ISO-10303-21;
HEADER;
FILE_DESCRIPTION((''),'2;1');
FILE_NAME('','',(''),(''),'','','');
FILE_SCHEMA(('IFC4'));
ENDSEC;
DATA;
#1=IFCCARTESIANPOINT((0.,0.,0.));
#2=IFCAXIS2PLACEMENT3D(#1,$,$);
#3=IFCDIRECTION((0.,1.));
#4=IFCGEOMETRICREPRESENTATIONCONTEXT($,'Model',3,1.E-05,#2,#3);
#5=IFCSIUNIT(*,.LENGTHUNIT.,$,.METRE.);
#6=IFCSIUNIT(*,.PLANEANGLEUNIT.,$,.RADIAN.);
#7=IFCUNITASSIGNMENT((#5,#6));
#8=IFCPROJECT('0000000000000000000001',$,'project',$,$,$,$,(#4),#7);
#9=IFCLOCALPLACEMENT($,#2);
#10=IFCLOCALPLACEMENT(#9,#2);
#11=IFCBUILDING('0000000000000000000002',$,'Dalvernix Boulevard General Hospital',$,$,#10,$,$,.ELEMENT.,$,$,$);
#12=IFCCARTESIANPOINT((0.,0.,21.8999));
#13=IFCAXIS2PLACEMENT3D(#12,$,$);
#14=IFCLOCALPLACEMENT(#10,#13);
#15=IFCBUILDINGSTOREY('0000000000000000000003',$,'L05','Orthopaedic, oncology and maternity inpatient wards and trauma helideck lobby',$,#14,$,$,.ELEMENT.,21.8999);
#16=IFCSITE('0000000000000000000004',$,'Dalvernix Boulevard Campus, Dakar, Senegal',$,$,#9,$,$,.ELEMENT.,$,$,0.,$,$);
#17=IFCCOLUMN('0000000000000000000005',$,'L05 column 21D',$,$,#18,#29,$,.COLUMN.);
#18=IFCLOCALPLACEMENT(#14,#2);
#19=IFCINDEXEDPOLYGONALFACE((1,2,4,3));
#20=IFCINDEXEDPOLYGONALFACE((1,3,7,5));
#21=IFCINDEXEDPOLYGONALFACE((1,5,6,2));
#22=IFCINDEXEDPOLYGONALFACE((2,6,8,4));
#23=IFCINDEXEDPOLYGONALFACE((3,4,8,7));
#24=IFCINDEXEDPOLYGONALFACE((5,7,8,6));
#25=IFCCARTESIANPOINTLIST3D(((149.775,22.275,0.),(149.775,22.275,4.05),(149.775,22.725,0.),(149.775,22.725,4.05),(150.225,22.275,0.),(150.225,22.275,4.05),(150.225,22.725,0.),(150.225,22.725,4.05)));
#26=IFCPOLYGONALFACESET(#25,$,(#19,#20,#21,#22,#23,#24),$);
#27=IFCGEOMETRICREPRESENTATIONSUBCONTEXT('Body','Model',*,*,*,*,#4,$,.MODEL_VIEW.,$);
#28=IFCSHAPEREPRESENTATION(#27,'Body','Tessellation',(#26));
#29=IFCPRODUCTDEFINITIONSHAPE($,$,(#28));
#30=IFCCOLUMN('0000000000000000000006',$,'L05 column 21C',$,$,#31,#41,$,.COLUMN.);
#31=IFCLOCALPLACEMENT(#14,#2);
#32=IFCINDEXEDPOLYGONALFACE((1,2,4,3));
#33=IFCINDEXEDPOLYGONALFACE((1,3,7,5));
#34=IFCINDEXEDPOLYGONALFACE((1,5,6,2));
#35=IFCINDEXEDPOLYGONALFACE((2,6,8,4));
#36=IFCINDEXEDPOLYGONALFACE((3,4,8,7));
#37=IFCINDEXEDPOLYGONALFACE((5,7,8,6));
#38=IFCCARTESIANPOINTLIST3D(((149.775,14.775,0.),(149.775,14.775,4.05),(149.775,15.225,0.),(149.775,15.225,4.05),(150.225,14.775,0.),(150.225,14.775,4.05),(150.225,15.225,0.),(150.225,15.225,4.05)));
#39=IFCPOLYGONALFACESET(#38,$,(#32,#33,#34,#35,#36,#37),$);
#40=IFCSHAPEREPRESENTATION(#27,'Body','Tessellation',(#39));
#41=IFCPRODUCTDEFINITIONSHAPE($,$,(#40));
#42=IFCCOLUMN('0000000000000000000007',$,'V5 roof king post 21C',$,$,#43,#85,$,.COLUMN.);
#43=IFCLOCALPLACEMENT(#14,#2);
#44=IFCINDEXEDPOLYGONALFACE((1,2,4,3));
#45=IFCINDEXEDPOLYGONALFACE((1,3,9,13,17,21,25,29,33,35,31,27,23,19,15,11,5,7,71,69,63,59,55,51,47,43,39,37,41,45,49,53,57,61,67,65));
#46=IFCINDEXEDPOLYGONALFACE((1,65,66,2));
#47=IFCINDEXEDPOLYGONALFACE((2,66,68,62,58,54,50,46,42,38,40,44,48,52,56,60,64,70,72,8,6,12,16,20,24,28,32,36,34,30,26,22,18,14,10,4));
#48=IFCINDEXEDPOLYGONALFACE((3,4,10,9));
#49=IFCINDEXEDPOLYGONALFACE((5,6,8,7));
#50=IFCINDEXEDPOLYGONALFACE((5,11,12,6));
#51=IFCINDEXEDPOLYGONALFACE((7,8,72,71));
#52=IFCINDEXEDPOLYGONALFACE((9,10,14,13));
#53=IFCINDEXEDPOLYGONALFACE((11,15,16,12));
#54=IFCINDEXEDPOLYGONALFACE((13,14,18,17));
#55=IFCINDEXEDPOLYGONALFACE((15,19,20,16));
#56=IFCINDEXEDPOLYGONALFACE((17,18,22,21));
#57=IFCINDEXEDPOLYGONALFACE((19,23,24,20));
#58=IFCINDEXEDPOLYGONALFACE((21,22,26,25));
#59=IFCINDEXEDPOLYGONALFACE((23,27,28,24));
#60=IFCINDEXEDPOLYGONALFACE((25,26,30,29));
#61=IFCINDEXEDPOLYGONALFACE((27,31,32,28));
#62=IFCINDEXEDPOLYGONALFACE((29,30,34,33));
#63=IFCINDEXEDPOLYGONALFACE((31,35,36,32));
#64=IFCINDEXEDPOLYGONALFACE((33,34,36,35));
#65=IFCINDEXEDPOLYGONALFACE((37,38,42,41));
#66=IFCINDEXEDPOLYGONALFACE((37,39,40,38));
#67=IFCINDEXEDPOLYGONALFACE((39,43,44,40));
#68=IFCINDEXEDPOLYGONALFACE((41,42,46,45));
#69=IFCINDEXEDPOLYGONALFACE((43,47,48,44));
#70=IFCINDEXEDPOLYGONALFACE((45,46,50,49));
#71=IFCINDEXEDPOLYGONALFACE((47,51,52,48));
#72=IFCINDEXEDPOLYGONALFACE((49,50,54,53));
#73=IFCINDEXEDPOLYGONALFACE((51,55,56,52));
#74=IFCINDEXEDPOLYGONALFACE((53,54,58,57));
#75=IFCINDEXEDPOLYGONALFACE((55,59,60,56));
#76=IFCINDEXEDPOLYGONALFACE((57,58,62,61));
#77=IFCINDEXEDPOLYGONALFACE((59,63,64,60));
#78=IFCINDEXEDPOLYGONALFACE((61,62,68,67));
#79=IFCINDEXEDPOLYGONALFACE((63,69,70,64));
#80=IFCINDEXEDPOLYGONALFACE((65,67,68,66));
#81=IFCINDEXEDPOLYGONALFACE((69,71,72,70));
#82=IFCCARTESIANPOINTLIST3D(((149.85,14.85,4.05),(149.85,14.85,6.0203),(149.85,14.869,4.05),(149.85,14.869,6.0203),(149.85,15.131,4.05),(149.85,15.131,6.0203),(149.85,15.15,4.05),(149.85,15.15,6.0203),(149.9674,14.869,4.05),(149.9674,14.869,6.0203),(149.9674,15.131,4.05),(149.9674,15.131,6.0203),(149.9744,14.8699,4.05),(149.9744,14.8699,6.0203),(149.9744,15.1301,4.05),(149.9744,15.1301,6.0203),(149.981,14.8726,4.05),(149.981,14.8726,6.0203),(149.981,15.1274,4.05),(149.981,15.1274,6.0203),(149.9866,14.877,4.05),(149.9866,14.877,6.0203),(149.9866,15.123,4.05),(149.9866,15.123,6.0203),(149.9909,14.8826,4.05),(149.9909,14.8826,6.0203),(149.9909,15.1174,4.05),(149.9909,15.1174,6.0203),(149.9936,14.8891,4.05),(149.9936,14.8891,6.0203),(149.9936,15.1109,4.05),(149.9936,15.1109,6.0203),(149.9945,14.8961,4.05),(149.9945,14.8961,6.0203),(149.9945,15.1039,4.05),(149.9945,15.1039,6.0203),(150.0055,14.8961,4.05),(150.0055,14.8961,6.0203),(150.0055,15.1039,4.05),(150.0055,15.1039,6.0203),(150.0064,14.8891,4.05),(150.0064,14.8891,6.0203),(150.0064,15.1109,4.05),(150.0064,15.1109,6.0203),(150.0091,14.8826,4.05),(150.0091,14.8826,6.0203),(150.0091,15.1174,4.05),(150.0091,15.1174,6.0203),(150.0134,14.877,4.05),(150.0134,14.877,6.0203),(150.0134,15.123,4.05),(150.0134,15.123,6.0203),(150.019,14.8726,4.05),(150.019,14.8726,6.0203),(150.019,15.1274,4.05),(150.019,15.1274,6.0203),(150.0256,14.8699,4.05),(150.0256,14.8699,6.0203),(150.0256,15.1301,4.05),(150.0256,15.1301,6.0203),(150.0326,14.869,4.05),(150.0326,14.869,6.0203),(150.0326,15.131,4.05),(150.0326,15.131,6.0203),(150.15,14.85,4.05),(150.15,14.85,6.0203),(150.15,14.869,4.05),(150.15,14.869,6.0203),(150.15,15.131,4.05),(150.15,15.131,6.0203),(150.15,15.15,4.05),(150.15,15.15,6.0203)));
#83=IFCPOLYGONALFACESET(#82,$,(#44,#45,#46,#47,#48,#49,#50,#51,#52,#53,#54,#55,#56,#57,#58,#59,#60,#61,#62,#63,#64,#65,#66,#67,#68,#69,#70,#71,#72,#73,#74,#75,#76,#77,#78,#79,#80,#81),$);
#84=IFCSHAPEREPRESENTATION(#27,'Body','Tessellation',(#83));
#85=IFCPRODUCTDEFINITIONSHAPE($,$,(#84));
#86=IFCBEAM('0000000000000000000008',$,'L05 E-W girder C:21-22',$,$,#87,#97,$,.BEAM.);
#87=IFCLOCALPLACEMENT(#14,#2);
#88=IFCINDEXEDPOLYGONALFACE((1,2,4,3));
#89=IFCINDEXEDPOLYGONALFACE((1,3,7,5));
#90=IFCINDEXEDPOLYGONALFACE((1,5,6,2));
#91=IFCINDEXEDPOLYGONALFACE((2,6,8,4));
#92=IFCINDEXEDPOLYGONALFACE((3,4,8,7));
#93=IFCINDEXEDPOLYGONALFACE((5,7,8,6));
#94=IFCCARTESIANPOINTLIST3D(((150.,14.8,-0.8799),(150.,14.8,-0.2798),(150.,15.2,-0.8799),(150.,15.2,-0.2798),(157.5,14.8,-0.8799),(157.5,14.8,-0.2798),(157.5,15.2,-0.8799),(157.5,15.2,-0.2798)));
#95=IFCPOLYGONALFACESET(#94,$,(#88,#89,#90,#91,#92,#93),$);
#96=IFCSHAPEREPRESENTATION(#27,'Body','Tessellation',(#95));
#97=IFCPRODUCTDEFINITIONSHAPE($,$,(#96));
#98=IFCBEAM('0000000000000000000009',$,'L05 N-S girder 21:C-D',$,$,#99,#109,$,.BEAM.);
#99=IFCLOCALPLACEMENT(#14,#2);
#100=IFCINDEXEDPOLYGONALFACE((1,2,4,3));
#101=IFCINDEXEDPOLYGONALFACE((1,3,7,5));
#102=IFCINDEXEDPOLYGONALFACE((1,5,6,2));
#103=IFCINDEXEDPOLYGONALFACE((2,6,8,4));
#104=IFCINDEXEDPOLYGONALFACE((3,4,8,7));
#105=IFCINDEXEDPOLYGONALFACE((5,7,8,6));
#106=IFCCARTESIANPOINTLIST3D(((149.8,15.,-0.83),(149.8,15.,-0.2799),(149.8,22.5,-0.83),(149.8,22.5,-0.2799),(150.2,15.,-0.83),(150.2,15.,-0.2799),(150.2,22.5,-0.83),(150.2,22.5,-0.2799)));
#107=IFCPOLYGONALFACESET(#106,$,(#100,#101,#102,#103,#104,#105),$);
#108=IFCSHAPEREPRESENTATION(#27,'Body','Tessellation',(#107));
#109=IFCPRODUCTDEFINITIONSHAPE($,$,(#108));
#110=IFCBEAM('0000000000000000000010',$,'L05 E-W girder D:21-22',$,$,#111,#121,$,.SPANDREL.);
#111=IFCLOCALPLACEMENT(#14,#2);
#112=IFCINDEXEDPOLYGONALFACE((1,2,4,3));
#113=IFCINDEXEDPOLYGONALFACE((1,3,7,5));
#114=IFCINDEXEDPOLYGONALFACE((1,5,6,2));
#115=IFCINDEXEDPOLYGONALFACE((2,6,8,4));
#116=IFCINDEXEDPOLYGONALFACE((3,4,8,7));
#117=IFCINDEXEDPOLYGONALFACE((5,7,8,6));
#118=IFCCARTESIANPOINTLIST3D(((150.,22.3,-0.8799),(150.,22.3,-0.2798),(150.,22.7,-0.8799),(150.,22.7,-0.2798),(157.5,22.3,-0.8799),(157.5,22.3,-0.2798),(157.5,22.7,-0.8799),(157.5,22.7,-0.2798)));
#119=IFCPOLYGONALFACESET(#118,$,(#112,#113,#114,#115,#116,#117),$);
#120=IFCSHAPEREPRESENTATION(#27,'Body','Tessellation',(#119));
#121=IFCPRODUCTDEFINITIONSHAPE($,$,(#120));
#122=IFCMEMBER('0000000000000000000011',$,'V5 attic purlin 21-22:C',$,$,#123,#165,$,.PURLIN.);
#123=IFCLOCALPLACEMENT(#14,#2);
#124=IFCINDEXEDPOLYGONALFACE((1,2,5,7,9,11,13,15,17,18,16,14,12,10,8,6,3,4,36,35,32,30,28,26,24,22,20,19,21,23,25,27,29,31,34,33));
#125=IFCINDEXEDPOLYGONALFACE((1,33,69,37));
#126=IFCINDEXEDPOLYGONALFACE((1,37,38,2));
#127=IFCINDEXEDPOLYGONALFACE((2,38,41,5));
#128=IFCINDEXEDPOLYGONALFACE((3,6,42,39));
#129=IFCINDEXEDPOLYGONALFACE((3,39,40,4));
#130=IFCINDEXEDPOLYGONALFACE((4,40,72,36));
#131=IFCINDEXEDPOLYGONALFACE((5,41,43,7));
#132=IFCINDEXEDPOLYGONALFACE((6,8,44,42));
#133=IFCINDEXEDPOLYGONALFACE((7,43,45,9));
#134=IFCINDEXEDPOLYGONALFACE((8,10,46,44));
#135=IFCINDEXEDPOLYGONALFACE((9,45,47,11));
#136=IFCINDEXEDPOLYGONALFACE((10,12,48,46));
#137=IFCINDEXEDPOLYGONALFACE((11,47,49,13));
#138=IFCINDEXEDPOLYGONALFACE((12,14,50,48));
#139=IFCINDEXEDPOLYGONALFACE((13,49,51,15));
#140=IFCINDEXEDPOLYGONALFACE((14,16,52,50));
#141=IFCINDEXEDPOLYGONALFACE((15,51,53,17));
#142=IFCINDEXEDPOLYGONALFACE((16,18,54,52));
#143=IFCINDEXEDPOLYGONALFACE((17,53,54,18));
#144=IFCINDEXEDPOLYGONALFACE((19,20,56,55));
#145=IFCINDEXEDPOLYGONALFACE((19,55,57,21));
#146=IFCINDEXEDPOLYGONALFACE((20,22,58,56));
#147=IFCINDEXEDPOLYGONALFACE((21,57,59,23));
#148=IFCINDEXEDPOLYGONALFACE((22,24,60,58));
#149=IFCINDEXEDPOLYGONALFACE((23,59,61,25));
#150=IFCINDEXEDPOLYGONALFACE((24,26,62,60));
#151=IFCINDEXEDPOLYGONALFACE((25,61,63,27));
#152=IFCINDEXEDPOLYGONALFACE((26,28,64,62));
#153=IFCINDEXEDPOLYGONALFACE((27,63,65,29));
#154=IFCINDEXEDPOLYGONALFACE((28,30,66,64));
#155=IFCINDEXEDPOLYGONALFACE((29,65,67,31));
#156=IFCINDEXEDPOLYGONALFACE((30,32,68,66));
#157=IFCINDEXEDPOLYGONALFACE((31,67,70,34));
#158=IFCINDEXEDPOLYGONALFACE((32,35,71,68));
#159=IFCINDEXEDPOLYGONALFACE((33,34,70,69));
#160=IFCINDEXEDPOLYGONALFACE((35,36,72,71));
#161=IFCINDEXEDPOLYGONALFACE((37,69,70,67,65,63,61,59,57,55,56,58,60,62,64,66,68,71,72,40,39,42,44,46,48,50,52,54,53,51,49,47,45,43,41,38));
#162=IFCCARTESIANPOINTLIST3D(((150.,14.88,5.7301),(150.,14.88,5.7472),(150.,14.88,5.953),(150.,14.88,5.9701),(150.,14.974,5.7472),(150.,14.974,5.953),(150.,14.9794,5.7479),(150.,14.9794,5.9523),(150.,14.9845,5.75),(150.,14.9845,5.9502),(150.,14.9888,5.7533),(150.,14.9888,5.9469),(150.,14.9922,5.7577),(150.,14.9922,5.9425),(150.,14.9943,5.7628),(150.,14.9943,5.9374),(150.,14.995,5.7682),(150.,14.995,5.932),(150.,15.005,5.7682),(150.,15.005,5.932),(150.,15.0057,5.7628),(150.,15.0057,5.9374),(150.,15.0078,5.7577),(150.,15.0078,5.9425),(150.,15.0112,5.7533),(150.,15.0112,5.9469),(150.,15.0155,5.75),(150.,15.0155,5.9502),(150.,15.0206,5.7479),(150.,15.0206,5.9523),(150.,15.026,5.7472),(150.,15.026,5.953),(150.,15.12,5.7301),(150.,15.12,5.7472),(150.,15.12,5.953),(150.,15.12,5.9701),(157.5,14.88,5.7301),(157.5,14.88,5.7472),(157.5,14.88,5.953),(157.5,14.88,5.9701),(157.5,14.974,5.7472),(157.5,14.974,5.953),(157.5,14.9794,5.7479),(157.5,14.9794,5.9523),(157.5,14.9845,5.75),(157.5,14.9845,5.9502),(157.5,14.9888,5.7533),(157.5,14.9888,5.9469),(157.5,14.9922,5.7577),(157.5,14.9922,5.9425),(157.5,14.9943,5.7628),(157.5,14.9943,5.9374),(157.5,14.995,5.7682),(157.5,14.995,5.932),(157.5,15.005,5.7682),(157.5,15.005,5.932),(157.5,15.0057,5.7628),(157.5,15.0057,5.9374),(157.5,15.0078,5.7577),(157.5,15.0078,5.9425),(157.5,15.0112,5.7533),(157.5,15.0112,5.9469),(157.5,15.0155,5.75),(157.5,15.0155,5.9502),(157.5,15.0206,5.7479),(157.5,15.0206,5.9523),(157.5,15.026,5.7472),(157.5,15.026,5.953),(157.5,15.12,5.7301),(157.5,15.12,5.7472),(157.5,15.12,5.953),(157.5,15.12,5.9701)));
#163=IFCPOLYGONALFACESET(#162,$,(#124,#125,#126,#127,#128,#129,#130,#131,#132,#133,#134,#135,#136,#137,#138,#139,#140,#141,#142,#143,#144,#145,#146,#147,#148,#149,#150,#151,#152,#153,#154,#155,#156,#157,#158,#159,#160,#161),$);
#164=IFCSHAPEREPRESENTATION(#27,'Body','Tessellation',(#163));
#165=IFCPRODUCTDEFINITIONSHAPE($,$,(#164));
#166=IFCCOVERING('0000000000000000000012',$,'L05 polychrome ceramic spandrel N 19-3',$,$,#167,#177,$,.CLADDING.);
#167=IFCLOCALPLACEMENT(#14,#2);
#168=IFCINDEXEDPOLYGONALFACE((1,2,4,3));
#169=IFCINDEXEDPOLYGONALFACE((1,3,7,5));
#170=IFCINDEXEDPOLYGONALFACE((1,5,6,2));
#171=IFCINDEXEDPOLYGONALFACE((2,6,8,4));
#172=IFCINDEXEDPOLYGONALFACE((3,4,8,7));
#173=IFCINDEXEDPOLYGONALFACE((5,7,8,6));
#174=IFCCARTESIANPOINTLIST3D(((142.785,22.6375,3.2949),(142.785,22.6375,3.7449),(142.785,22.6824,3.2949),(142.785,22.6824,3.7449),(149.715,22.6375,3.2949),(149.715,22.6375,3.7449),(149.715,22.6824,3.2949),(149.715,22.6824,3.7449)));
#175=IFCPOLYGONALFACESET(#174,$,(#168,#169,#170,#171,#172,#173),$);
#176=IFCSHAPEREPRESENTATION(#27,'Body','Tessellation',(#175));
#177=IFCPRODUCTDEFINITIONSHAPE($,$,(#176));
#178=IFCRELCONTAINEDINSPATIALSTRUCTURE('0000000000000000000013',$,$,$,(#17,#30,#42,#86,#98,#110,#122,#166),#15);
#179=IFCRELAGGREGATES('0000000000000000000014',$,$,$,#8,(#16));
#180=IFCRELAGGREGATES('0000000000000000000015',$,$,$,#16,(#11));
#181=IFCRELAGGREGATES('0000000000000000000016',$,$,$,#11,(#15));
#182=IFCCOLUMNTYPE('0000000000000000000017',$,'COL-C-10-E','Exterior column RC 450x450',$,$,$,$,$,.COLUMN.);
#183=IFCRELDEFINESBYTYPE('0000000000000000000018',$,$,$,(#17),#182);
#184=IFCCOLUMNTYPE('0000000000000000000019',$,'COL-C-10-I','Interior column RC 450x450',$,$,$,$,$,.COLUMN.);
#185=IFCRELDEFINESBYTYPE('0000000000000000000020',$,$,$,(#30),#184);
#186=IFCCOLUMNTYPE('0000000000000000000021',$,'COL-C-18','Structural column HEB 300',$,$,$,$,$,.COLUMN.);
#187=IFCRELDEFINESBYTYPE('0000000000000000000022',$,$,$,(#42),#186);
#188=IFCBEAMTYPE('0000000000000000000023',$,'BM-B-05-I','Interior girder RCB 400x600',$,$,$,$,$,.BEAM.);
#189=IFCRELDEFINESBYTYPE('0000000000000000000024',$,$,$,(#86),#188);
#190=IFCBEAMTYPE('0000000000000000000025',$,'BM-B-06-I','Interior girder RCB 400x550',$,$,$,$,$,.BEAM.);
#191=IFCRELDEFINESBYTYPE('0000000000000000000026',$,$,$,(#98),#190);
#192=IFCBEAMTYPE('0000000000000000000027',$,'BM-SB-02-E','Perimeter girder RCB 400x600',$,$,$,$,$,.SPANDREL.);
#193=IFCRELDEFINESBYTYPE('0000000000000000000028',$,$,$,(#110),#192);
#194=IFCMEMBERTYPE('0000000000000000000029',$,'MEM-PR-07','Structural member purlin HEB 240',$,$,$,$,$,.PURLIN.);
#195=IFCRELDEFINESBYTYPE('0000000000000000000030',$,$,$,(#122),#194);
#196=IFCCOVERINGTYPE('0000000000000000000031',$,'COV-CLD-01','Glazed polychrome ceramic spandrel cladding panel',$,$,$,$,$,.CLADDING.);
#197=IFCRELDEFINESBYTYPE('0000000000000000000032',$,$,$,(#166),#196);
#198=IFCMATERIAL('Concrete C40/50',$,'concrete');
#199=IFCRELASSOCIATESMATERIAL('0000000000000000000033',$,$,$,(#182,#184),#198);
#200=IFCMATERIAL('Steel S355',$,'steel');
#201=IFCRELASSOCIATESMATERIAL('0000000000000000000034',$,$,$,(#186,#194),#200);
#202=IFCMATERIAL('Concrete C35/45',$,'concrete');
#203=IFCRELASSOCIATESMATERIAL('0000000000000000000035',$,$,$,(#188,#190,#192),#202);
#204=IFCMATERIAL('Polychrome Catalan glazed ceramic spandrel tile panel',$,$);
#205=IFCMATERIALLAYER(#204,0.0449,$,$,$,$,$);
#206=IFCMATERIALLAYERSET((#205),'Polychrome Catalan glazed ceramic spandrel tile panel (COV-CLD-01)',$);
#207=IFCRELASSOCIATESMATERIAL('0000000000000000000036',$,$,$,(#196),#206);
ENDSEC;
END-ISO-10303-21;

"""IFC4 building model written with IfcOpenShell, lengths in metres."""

from ifc_helpers import new_model, si_unit, direction, frame, origin, origin_2d, place, context, subcontext, project, spatial, rectangle, i_section, extrude, material, layer, layer_set, material_profile, profile_set, type_object, element, save


model = new_model("IFC4")

# Units and contexts
model_context = context("Model", 3, precision=1e-05, world=origin(), true_north=direction((0.0, 1.0)))
body_context = subcontext(model_context, "Body", "Model", "MODEL_VIEW")
ifc_project = project(units=[si_unit("LENGTHUNIT", "METRE"), si_unit("PLANEANGLEUNIT", "RADIAN")], contexts=[model_context])

# Site, building, storey
site_placement = place(None, origin())
site = spatial("IfcSite", under=ifc_project, at=site_placement, Name="Dalvernix Boulevard Campus, Dakar, Senegal", CompositionType="ELEMENT", RefElevation=0.0)
building_placement = place(site_placement, origin())
building = spatial("IfcBuilding", under=site, at=building_placement, Name="Dalvernix Boulevard General Hospital", CompositionType="ELEMENT")
storey_placement = place(building_placement, frame((0.0, 0.0, 21.8999)))
storey = spatial("IfcBuildingStorey", under=building, at=storey_placement, Name="L05", Description="Orthopaedic, oncology and maternity inpatient wards and trauma helideck lobby", CompositionType="ELEMENT", Elevation=21.8999)

# Columns
ifc_material_1 = material(Name="Concrete C40/50", Category="concrete")
ifc_material_profile_1 = material_profile(ifc_material_1, rectangle(XDim=0.45, YDim=0.45, at=origin_2d()), Name="RC 450x450")
ifc_profile_set_1 = profile_set([ifc_material_profile_1], Name="Concrete C40/50")
column_type_1 = type_object("IfcColumnType", Name="COL-C-10-E", Description="Exterior column RC 450x450", PredefinedType="COLUMN", material=ifc_profile_set_1)
column_1_placement = place(storey_placement, frame((150.0, 22.5, 0.0), z_axis=(0.0, 0.0, 1.0), x_axis=(1.0, 0.0, 0.0)))
element("IfcColumn", 1, at=column_1_placement, inside=storey, type_object=column_type_1, Name="L05 column 21D", PredefinedType="COLUMN", context=body_context, shape_type="SweptSolid", body=[
    extrude(rectangle(XDim=0.45, YDim=0.45, at=origin_2d()), origin(), (0.0, 0.0, 1.0), 4.05),
])
ifc_material_profile_2 = material_profile(ifc_material_1, rectangle(XDim=0.45, YDim=0.45, at=origin_2d()), Name="RC 450x450")
ifc_profile_set_2 = profile_set([ifc_material_profile_2], Name="Concrete C40/50")
column_type_2 = type_object("IfcColumnType", Name="COL-C-10-I", Description="Interior column RC 450x450", PredefinedType="COLUMN", material=ifc_profile_set_2)
column_2_placement = place(storey_placement, frame((150.0, 15.0, 0.0), z_axis=(0.0, 0.0, 1.0), x_axis=(1.0, 0.0, 0.0)))
element("IfcColumn", 2, at=column_2_placement, inside=storey, type_object=column_type_2, Name="L05 column 21C", PredefinedType="COLUMN", context=body_context, shape_type="SweptSolid", body=[
    extrude(rectangle(XDim=0.45, YDim=0.45, at=origin_2d()), origin(), (0.0, 0.0, 1.0), 4.05),
])
ifc_material_2 = material(Name="Steel S355", Category="steel")
ifc_material_profile_3 = material_profile(ifc_material_2, i_section(OverallWidth=0.3, OverallDepth=0.3, WebThickness=0.011, FlangeThickness=0.019, FilletRadius=0.0271, at=origin_2d()), Name="HEB 300")
ifc_profile_set_3 = profile_set([ifc_material_profile_3], Name="Steel S355")
column_type_3 = type_object("IfcColumnType", Name="COL-C-18", Description="Structural column HEB 300", PredefinedType="COLUMN", material=ifc_profile_set_3)
column_3_placement = place(storey_placement, frame((150.0, 15.0, 4.05), z_axis=(0.0, 0.0, 1.0), x_axis=(1.0, 0.0, 0.0)))
element("IfcColumn", 3, at=column_3_placement, inside=storey, type_object=column_type_3, Name="V5 roof king post 21C", PredefinedType="COLUMN", context=body_context, shape_type="SweptSolid", body=[
    extrude(i_section(OverallWidth=0.3, OverallDepth=0.3, WebThickness=0.011, FlangeThickness=0.019, FilletRadius=0.0271, at=origin_2d()), origin(), (0.0, 0.0, 1.0), 1.9702),
])

# Beams
ifc_material_3 = material(Name="Concrete C35/45", Category="concrete")
ifc_material_profile_4 = material_profile(ifc_material_3, rectangle(XDim=0.3999, YDim=0.6001, at=origin_2d()), Name="RCB 400x600")
ifc_profile_set_4 = profile_set([ifc_material_profile_4], Name="Concrete C35/45")
beam_type_1 = type_object("IfcBeamType", Name="BM-B-05-I", Description="Interior girder RCB 400x600", PredefinedType="BEAM", material=ifc_profile_set_4)
beam_1_placement = place(storey_placement, frame((150.0, 15.0, -0.5798), z_axis=(1.0, 0.0, 0.0), x_axis=(0.0, 1.0, 0.0)))
element("IfcBeam", 4, at=beam_1_placement, inside=storey, type_object=beam_type_1, Name="L05 E-W girder C:21-22", PredefinedType="BEAM", context=body_context, shape_type="SweptSolid", body=[
    extrude(rectangle(XDim=0.3999, YDim=0.6001, at=origin_2d()), origin(), (0.0, 0.0, 1.0), 7.5),
])
ifc_material_profile_5 = material_profile(ifc_material_3, rectangle(XDim=0.3999, YDim=0.55, at=origin_2d()), Name="RCB 400x550")
ifc_profile_set_5 = profile_set([ifc_material_profile_5], Name="Concrete C35/45")
beam_type_2 = type_object("IfcBeamType", Name="BM-B-06-I", Description="Interior girder RCB 400x550", PredefinedType="BEAM", material=ifc_profile_set_5)
beam_2_placement = place(storey_placement, frame((150.0, 15.0, -0.5549), z_axis=(0.0, 1.0, 0.0), x_axis=(-1.0, 0.0, 0.0)))
element("IfcBeam", 5, at=beam_2_placement, inside=storey, type_object=beam_type_2, Name="L05 N-S girder 21:C-D", PredefinedType="BEAM", context=body_context, shape_type="SweptSolid", body=[
    extrude(rectangle(XDim=0.3999, YDim=0.55, at=origin_2d()), origin(), (0.0, 0.0, 1.0), 7.5),
])
ifc_material_profile_6 = material_profile(ifc_material_3, rectangle(XDim=0.3999, YDim=0.6001, at=origin_2d()), Name="RCB 400x600")
ifc_profile_set_6 = profile_set([ifc_material_profile_6], Name="Concrete C35/45")
beam_type_3 = type_object("IfcBeamType", Name="BM-SB-02-E", Description="Perimeter girder RCB 400x600", PredefinedType="SPANDREL", material=ifc_profile_set_6)
beam_3_placement = place(storey_placement, frame((150.0, 22.5, -0.5798), z_axis=(1.0, 0.0, 0.0), x_axis=(0.0, 1.0, 0.0)))
element("IfcBeam", 6, at=beam_3_placement, inside=storey, type_object=beam_type_3, Name="L05 E-W girder D:21-22", PredefinedType="SPANDREL", context=body_context, shape_type="SweptSolid", body=[
    extrude(rectangle(XDim=0.3999, YDim=0.6001, at=origin_2d()), origin(), (0.0, 0.0, 1.0), 7.5),
])

# Member
ifc_material_profile_7 = material_profile(ifc_material_2, i_section(OverallWidth=0.24, OverallDepth=0.24, WebThickness=0.01, FlangeThickness=0.0171, FilletRadius=0.021, at=origin_2d()), Name="HEB 240")
ifc_profile_set_7 = profile_set([ifc_material_profile_7], Name="Steel S355")
member_type = type_object("IfcMemberType", Name="MEM-PR-07", Description="Structural member purlin HEB 240", PredefinedType="PURLIN", material=ifc_profile_set_7)
member_placement = place(storey_placement, frame((150.0, 15.0, 5.8501), z_axis=(1.0, 0.0, 0.0), x_axis=(0.0, 1.0, 0.0)))
element("IfcMember", 7, at=member_placement, inside=storey, type_object=member_type, Name="V5 attic purlin 21-22:C", PredefinedType="PURLIN", context=body_context, shape_type="SweptSolid", body=[
    extrude(i_section(OverallWidth=0.24, OverallDepth=0.24, WebThickness=0.01, FlangeThickness=0.0171, FilletRadius=0.021, at=origin_2d()), origin(), (0.0, 0.0, 1.0), 7.5),
])

# Covering
ifc_material_4 = material(Name="Polychrome Catalan glazed ceramic spandrel tile panel")
ifc_layer_1 = layer(ifc_material_4, 0.0449)
ifc_layer_set_1 = layer_set([ifc_layer_1], Name="Polychrome Catalan glazed ceramic spandrel tile panel (COV-CLD-01)")
covering_type_1 = type_object("IfcCoveringType", Name="COV-CLD-01", Description="Glazed polychrome ceramic spandrel cladding panel", PredefinedType="CLADDING", material=ifc_layer_set_1)
covering_placement = place(storey_placement, frame((146.25, 22.6599, 3.2949), z_axis=(0.0, 0.0, 1.0), x_axis=(1.0, 0.0, 0.0)))
element("IfcCovering", 8, at=covering_placement, inside=storey, type_object=covering_type_1, Name="L05 polychrome ceramic spandrel N 19-3", PredefinedType="CLADDING", context=body_context, shape_type="SweptSolid", body=[
    extrude(rectangle(XDim=6.9299, YDim=0.0449, at=origin_2d()), origin(), (0.0, 0.0, 1.0), 0.45),
])

save(model, "model.ifc")
